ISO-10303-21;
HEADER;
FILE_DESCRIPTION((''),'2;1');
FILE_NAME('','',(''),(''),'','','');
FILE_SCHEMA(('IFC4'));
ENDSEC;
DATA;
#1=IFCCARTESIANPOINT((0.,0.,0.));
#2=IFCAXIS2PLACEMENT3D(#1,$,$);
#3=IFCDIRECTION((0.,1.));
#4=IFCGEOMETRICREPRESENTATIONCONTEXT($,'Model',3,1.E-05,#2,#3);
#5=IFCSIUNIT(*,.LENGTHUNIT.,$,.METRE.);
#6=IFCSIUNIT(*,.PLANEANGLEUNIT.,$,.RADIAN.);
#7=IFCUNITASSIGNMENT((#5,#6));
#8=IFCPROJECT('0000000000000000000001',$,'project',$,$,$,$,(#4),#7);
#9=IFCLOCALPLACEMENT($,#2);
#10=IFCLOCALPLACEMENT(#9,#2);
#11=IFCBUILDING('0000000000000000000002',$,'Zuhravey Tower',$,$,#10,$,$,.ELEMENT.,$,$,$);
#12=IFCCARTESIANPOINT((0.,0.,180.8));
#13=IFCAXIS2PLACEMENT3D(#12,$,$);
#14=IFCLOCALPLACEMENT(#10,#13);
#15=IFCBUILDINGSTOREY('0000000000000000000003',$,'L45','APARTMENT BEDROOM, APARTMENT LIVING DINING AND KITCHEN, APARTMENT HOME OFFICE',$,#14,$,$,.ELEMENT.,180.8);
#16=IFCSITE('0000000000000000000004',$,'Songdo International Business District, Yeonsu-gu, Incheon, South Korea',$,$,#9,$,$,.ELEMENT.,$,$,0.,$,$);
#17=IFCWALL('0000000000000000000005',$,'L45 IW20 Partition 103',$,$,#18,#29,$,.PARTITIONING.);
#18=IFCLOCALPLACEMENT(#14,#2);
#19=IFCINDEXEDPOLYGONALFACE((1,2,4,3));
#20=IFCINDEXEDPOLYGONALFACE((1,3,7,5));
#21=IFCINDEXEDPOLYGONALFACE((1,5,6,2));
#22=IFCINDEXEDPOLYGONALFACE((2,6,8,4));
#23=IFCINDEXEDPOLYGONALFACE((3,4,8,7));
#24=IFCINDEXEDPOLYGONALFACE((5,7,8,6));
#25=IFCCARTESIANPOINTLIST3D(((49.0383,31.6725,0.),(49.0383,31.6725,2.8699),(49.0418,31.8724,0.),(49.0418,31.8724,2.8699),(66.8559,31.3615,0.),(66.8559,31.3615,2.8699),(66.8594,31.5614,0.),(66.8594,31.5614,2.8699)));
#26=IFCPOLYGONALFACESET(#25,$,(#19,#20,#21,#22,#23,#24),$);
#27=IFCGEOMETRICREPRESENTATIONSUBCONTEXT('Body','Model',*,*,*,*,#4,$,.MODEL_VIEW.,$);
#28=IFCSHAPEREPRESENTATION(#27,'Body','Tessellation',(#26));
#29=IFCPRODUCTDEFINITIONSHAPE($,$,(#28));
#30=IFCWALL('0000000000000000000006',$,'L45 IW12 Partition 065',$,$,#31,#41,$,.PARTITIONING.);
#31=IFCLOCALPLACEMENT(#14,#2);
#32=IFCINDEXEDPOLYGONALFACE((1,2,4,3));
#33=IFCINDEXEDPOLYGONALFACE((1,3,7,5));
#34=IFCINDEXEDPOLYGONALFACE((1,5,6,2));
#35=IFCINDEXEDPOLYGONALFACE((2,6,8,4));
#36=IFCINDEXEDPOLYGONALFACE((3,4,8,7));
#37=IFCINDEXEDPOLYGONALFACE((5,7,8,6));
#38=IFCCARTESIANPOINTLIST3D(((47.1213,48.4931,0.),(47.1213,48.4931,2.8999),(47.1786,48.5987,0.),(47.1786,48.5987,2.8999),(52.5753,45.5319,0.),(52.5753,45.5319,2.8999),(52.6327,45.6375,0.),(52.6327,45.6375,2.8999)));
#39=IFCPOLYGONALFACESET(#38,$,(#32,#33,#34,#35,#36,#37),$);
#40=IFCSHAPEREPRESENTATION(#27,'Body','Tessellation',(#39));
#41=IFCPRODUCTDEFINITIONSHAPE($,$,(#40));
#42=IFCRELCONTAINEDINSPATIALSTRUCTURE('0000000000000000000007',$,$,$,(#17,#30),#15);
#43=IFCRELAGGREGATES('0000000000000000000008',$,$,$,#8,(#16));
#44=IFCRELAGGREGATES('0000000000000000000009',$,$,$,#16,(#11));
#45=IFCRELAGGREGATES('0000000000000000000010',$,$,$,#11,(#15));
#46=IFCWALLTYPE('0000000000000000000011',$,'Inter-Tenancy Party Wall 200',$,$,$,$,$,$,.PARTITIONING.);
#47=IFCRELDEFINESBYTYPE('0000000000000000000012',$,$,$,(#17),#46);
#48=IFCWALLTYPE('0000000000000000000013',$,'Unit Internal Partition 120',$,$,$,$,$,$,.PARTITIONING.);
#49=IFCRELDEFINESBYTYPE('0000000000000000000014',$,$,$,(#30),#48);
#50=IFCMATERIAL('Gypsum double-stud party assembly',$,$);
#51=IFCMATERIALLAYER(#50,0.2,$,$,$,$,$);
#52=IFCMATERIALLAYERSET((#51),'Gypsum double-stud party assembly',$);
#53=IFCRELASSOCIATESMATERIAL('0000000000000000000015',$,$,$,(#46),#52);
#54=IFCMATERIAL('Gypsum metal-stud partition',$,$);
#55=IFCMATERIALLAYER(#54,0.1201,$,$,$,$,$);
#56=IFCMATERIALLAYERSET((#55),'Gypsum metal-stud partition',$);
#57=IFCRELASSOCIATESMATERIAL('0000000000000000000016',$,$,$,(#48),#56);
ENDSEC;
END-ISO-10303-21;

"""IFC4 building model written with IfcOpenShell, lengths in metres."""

from ifc_helpers import new_model, si_unit, direction, frame, frame_2d, origin, place, context, subcontext, project, spatial, rectangle, extrude, material, layer, layer_set, type_object, element, save


model = new_model("IFC4")

# Units and contexts
model_context = context("Model", 3, precision=1e-05, world=origin(), true_north=direction((0.0, 1.0)))
body_context = subcontext(model_context, "Body", "Model", "MODEL_VIEW")
ifc_project = project(units=[si_unit("LENGTHUNIT", "METRE"), si_unit("PLANEANGLEUNIT", "RADIAN")], contexts=[model_context])

# Site, building, storey
site_placement = place(None, origin())
site = spatial("IfcSite", under=ifc_project, at=site_placement, Name="Songdo International Business District, Yeonsu-gu, Incheon, South Korea", CompositionType="ELEMENT", RefElevation=0.0)
building_placement = place(site_placement, origin())
building = spatial("IfcBuilding", under=site, at=building_placement, Name="Zuhravey Tower", CompositionType="ELEMENT")
storey_placement = place(building_placement, frame((0.0, 0.0, 180.8)))
storey = spatial("IfcBuildingStorey", under=building, at=storey_placement, Name="L45", Description="APARTMENT BEDROOM, APARTMENT LIVING DINING AND KITCHEN, APARTMENT HOME OFFICE", CompositionType="ELEMENT", Elevation=180.8)

# Walls
ifc_material_1 = material(Name="Gypsum double-stud party assembly")
ifc_layer_1 = layer(ifc_material_1, 0.2)
ifc_layer_set_1 = layer_set([ifc_layer_1], Name="Gypsum double-stud party assembly")
wall_type_1 = type_object("IfcWallType", Name="Inter-Tenancy Party Wall 200", PredefinedType="PARTITIONING", material=ifc_layer_set_1)
wall_1_placement = place(storey_placement, frame((49.04, 31.7725, 0.0), z_axis=(0.0, 0.0, 1.0), x_axis=(0.999848, -0.017454, 0.0)))
element("IfcWall", 1, at=wall_1_placement, inside=storey, type_object=wall_type_1, Name="L45 IW20 Partition 103", PredefinedType="PARTITIONING", context=body_context, shape_type="SweptSolid", body=[
    extrude(rectangle(XDim=17.8203, YDim=0.2, at=frame_2d((8.9102, 0.0))), origin(), (0.0, 0.0, 1.0), 2.8699),
])
ifc_material_2 = material(Name="Gypsum metal-stud partition")
ifc_layer_2 = layer(ifc_material_2, 0.1201)
ifc_layer_set_2 = layer_set([ifc_layer_2], Name="Gypsum metal-stud partition")
wall_type_2 = type_object("IfcWallType", Name="Unit Internal Partition 120", PredefinedType="PARTITIONING", material=ifc_layer_set_2)
wall_2_placement = place(storey_placement, frame((52.604, 45.5847, 0.0), z_axis=(0.0, 0.0, 1.0), x_axis=(-0.878828, 0.47714, 0.0)))
element("IfcWall", 2, at=wall_2_placement, inside=storey, type_object=wall_type_2, Name="L45 IW12 Partition 065", PredefinedType="PARTITIONING", context=body_context, shape_type="SweptSolid", body=[
    extrude(rectangle(XDim=6.2061, YDim=0.1201, at=frame_2d((3.103, 0.0))), origin(), (0.0, 0.0, 1.0), 2.8999),
])

save(model, "model.ifc")
